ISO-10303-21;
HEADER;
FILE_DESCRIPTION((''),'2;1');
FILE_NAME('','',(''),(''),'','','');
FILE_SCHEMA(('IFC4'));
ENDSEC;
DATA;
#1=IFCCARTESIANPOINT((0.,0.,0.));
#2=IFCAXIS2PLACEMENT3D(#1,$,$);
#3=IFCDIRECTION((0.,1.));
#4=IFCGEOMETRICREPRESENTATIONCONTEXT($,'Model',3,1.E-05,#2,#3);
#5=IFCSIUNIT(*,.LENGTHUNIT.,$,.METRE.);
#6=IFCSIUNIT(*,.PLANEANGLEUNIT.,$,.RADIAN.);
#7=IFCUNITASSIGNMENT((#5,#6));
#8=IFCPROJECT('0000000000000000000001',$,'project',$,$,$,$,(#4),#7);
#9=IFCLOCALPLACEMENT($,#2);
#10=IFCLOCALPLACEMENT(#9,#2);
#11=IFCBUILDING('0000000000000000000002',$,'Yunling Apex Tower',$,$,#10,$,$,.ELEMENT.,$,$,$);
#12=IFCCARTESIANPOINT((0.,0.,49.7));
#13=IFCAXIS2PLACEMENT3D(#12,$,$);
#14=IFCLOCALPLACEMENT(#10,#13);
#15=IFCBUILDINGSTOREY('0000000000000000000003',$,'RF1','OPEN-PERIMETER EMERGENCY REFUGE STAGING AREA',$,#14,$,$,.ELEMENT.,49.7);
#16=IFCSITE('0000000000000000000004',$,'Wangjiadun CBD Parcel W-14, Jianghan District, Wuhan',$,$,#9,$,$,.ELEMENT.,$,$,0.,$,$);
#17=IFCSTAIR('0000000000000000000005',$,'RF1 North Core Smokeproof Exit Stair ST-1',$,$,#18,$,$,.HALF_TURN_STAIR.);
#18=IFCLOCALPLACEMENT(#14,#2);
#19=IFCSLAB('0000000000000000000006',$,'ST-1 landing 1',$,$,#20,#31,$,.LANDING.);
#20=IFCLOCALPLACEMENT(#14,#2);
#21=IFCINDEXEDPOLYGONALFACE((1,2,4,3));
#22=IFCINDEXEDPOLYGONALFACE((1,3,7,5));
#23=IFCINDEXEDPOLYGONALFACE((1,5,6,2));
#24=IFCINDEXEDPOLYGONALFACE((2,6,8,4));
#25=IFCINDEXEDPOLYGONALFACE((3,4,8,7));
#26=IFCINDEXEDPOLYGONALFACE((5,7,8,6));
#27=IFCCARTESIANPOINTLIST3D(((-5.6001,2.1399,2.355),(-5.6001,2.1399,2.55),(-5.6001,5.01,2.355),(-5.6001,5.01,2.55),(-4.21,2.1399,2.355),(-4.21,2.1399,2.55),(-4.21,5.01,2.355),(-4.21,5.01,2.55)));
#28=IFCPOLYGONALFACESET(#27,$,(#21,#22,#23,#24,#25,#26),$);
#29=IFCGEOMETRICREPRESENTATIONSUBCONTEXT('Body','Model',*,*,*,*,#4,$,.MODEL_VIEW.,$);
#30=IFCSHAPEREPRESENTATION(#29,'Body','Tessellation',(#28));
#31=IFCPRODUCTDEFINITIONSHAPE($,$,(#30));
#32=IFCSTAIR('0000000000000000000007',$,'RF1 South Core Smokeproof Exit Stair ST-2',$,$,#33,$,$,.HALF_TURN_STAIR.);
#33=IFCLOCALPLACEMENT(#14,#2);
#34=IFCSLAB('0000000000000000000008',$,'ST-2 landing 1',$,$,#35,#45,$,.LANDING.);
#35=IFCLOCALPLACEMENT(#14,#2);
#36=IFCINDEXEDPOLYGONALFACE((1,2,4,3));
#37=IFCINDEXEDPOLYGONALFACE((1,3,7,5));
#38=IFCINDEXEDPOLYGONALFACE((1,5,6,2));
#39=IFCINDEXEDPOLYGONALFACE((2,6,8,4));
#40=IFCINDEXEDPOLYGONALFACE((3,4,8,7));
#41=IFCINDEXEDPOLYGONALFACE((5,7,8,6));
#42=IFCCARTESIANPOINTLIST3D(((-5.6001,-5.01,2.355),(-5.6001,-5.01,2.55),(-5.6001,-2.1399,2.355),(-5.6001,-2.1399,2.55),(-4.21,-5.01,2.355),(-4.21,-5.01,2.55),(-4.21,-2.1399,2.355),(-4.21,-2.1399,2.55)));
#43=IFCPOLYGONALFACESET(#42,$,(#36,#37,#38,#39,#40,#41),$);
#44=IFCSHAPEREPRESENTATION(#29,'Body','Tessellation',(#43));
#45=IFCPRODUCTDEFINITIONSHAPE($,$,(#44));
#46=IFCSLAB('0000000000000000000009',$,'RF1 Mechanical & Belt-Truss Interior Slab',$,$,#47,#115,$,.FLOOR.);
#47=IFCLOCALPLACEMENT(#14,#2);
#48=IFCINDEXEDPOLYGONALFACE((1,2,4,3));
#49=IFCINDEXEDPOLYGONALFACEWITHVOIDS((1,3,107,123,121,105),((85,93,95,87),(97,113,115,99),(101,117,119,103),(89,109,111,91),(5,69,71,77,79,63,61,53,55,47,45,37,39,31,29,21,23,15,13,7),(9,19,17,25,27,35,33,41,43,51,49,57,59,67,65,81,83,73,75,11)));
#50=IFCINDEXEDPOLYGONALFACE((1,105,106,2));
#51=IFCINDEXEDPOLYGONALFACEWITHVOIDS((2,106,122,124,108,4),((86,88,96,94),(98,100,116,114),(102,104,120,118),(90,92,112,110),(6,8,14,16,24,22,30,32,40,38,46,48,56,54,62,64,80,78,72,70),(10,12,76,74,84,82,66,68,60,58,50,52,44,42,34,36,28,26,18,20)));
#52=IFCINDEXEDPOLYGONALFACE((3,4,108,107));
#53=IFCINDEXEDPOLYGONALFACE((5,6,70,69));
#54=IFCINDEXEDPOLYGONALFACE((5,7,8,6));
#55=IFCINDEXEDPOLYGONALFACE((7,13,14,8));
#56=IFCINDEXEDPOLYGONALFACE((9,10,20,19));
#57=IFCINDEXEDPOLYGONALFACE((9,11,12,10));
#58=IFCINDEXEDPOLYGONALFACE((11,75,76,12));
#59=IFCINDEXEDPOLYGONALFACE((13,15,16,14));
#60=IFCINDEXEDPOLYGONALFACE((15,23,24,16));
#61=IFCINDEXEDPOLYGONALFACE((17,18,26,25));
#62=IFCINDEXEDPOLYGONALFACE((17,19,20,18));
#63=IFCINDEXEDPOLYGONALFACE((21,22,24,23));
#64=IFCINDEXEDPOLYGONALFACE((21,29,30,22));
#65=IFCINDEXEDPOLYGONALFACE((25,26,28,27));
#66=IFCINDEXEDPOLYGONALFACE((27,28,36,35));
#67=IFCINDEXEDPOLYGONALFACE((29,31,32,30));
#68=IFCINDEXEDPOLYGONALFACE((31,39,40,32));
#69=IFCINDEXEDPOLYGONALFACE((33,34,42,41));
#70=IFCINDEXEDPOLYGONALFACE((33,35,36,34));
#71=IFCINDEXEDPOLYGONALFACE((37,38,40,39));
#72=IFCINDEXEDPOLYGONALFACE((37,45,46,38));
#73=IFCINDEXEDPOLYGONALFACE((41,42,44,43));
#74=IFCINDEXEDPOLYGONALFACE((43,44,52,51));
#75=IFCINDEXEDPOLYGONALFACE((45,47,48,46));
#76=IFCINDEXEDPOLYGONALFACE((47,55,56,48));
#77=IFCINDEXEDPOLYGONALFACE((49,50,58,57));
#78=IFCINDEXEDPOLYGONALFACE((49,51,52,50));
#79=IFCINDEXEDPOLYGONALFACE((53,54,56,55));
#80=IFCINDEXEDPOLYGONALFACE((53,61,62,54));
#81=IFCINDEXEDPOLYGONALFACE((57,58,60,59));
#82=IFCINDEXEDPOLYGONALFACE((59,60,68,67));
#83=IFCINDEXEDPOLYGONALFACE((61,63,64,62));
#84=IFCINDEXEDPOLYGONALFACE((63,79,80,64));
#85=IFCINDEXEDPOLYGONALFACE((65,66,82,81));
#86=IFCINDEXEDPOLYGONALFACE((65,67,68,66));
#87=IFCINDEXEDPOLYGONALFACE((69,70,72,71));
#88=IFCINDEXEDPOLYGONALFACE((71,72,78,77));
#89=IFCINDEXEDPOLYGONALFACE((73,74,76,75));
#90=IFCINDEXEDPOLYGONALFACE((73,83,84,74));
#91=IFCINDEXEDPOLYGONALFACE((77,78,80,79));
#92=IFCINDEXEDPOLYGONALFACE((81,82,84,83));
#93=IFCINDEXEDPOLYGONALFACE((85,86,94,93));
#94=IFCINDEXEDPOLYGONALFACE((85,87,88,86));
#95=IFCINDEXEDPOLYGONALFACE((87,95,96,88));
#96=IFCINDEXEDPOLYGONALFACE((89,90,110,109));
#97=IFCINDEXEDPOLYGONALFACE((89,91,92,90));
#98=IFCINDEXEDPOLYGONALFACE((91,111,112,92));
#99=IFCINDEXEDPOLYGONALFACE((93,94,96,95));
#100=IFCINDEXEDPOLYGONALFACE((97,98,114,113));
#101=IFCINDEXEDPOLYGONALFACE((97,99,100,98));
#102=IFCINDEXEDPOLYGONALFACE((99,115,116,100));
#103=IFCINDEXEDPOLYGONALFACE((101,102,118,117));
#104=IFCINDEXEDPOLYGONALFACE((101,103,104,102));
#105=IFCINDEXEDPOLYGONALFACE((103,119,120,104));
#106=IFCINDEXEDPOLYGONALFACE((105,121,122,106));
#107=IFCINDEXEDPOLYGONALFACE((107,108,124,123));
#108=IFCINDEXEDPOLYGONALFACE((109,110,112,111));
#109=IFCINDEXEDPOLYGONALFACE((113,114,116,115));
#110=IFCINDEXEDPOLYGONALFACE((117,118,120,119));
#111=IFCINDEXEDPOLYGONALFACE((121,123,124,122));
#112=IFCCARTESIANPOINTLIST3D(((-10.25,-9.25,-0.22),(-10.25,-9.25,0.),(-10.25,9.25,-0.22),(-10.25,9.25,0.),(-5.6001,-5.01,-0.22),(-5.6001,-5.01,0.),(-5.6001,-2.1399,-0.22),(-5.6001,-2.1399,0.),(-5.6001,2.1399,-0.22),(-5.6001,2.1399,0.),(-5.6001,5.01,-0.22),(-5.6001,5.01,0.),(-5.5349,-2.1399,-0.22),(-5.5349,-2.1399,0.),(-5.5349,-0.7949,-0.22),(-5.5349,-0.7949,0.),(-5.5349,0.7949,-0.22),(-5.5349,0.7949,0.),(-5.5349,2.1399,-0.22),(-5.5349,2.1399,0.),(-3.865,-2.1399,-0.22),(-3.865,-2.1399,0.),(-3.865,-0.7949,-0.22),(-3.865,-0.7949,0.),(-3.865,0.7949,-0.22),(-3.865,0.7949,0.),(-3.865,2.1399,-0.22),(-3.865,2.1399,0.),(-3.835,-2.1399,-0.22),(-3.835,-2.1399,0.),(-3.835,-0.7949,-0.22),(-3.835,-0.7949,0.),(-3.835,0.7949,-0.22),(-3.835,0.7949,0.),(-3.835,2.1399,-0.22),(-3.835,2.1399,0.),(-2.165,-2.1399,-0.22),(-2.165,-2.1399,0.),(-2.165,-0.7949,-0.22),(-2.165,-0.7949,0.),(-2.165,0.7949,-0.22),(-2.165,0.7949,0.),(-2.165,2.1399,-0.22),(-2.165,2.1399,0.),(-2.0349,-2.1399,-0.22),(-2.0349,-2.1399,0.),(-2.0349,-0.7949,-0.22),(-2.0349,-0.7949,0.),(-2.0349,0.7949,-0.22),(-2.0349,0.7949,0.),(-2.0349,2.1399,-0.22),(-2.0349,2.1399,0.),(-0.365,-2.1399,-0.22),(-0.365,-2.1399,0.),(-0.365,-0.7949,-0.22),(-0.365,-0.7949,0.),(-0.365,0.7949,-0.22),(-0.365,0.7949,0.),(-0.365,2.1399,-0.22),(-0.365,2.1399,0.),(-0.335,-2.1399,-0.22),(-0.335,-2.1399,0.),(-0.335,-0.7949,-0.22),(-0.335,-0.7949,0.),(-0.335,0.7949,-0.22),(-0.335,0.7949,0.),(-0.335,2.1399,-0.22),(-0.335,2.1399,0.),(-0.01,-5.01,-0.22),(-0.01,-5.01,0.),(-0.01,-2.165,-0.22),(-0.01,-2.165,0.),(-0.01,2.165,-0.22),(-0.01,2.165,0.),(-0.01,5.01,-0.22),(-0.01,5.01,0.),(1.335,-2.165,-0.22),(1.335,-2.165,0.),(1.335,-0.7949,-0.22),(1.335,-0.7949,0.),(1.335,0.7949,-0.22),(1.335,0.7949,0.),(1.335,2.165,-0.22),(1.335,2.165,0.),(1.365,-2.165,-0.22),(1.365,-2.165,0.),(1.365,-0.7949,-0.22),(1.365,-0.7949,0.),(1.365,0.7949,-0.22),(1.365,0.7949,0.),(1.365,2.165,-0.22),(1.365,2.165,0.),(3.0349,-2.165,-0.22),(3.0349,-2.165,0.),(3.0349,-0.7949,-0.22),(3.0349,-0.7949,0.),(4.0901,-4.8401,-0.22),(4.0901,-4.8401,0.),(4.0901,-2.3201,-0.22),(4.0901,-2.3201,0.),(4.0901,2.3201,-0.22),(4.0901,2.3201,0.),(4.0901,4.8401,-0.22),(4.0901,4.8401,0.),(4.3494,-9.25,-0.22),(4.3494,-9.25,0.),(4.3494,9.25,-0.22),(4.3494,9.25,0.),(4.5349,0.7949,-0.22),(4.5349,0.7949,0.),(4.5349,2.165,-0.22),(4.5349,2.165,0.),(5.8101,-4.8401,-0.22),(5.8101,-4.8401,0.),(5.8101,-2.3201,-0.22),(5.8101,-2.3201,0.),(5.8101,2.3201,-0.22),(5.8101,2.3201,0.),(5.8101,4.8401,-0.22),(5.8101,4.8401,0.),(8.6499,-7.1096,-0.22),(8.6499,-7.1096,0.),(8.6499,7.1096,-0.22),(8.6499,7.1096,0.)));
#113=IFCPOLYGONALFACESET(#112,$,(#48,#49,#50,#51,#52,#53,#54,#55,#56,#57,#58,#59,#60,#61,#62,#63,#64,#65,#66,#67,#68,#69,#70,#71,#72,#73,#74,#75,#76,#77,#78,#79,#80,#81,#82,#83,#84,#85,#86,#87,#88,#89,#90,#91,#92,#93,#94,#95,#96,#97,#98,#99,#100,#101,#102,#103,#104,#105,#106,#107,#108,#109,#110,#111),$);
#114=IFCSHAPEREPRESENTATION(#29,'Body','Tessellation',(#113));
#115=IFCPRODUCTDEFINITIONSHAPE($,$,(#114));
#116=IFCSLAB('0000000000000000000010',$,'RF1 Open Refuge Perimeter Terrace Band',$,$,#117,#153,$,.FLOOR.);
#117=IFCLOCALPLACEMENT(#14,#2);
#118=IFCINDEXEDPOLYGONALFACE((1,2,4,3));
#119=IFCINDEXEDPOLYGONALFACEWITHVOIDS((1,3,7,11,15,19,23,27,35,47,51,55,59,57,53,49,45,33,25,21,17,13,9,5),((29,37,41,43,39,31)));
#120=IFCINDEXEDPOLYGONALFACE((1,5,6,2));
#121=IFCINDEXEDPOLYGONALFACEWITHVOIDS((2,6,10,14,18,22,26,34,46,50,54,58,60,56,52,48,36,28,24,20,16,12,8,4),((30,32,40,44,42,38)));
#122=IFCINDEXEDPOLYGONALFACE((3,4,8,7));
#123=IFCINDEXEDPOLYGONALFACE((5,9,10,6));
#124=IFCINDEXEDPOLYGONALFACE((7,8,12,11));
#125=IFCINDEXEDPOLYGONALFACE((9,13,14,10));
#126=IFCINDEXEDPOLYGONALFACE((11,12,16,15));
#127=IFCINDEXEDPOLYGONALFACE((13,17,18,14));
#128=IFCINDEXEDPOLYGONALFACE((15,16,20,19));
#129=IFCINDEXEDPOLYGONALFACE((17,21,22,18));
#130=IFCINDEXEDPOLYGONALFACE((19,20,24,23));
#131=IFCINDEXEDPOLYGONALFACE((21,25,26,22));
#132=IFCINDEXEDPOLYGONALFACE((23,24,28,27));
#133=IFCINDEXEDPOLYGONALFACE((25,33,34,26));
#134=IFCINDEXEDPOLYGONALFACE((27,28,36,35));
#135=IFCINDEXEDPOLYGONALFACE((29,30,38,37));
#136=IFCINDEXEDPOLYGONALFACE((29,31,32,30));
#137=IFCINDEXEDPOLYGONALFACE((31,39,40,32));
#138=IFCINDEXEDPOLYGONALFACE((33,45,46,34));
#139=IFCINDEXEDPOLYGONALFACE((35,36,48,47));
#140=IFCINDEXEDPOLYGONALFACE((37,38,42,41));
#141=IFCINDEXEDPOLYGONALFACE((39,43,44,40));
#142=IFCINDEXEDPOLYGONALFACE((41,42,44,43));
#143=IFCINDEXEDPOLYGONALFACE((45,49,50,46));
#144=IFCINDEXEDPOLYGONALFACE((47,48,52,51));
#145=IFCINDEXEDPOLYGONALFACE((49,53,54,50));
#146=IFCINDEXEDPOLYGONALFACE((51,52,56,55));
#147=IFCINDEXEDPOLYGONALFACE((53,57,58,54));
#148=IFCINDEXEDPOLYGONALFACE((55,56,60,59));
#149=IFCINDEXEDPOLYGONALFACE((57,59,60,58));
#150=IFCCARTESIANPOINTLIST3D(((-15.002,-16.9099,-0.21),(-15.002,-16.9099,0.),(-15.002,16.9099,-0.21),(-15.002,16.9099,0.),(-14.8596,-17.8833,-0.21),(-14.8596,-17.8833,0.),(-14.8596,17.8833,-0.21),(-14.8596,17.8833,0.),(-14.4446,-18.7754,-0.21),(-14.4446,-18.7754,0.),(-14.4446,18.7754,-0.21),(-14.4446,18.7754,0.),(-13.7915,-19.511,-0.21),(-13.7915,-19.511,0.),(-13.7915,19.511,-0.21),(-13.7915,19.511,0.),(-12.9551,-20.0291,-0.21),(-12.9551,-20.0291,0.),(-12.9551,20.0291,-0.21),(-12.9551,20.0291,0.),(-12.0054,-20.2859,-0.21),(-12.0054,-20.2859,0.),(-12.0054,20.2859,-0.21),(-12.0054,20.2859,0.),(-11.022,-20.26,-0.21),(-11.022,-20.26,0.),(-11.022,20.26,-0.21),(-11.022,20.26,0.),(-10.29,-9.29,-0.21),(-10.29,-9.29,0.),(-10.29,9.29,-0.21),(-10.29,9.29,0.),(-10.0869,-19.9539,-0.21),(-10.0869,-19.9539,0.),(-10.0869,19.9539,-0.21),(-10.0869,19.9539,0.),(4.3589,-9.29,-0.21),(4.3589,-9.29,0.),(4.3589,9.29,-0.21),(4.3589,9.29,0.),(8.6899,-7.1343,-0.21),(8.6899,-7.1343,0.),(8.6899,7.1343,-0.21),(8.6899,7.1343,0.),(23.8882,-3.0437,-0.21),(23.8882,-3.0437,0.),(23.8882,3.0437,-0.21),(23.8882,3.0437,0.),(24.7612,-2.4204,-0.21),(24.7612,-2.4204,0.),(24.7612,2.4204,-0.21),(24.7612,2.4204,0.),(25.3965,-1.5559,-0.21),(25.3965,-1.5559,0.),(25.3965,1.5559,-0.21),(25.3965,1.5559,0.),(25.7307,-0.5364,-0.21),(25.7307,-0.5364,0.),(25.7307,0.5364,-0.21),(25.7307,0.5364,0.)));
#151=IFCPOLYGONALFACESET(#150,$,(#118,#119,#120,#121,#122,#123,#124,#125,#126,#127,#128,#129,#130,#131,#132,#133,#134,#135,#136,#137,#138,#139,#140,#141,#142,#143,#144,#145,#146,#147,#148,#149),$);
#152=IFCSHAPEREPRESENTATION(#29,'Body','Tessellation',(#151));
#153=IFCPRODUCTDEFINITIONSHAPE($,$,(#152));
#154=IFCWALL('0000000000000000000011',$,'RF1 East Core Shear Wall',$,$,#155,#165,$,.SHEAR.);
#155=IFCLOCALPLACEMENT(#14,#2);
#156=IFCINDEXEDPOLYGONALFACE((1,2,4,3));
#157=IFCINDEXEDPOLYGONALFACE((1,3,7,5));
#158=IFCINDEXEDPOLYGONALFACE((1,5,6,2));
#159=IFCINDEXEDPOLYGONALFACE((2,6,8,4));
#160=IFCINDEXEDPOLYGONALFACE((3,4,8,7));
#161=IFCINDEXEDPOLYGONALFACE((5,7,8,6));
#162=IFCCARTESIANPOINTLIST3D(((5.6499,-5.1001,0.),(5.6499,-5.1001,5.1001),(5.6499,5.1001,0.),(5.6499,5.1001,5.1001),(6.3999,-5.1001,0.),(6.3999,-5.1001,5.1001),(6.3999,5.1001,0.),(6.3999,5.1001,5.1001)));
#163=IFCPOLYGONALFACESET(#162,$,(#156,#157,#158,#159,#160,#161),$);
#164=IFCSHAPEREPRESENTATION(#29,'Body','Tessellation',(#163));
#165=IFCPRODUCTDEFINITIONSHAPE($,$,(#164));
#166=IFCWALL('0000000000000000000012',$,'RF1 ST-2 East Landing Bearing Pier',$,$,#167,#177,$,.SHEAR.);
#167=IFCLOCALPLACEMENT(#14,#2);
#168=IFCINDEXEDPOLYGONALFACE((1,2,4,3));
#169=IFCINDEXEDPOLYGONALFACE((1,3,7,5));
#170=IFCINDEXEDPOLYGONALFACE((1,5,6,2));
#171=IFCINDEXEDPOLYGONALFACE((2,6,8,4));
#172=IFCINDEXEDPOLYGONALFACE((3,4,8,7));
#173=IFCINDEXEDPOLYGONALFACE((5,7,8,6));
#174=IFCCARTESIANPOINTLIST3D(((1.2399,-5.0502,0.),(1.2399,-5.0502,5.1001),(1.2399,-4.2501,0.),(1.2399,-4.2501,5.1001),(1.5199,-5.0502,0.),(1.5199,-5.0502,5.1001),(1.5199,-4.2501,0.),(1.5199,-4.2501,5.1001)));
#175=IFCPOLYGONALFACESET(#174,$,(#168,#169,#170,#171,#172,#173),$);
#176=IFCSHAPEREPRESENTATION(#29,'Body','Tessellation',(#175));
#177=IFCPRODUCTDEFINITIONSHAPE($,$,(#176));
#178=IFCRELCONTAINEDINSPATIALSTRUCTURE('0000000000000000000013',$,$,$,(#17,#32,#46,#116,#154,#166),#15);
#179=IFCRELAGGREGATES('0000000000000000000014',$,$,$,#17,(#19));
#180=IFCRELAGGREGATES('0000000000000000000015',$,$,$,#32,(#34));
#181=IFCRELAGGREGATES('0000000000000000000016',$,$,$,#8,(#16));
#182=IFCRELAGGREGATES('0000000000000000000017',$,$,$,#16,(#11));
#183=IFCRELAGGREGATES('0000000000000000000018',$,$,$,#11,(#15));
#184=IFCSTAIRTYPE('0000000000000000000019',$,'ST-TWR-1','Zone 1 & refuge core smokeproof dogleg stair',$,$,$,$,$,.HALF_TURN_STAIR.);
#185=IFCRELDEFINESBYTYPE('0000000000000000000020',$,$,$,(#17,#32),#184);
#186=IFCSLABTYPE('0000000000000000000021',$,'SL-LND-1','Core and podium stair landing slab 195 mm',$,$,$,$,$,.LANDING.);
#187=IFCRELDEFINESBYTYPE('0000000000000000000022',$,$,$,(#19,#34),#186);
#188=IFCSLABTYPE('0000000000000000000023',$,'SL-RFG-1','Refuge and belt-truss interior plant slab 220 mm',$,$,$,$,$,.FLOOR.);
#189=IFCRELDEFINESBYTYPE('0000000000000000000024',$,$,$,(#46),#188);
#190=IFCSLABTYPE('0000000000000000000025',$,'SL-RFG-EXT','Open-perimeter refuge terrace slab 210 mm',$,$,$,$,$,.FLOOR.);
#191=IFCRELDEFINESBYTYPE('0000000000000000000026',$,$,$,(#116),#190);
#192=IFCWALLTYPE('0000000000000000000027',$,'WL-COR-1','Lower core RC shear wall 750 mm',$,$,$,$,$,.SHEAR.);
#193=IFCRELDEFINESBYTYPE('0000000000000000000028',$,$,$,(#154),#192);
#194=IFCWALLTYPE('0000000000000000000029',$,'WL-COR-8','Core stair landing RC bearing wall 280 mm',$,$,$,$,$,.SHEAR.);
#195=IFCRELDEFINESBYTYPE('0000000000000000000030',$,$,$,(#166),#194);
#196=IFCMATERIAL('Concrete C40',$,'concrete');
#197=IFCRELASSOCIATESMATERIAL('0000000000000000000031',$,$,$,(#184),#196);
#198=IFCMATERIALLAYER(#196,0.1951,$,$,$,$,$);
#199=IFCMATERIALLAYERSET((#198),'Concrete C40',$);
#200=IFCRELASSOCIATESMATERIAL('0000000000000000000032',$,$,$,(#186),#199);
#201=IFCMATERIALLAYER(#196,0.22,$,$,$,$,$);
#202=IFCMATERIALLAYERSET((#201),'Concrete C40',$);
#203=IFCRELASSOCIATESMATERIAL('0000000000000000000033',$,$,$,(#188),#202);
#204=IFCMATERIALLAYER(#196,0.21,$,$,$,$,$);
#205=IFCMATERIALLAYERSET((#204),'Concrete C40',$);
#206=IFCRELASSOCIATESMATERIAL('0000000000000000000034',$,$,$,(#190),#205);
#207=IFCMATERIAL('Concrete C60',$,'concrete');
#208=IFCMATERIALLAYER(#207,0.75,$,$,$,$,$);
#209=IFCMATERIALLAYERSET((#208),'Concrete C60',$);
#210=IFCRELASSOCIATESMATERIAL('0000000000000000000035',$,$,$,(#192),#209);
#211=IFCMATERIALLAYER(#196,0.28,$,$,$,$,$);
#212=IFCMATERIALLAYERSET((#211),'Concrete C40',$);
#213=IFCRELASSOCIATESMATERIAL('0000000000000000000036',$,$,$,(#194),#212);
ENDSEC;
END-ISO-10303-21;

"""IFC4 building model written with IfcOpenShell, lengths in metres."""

from ifc_helpers import new_model, si_unit, direction, frame, frame_2d, origin, place, context, subcontext, project, spatial, polyline, rectangle, outline, extrude, material, layer, layer_set, type_object, element, aggregate, save


model = new_model("IFC4")

# Units and contexts
model_context = context("Model", 3, precision=1e-05, world=origin(), true_north=direction((0.0, 1.0)))
body_context = subcontext(model_context, "Body", "Model", "MODEL_VIEW")
ifc_project = project(units=[si_unit("LENGTHUNIT", "METRE"), si_unit("PLANEANGLEUNIT", "RADIAN")], contexts=[model_context])

# Site, building, storey
site_placement = place(None, origin())
site = spatial("IfcSite", under=ifc_project, at=site_placement, Name="Wangjiadun CBD Parcel W-14, Jianghan District, Wuhan", CompositionType="ELEMENT", RefElevation=0.0)
building_placement = place(site_placement, origin())
building = spatial("IfcBuilding", under=site, at=building_placement, Name="Yunling Apex Tower", CompositionType="ELEMENT")
storey_placement = place(building_placement, frame((0.0, 0.0, 49.7)))
storey = spatial("IfcBuildingStorey", under=building, at=storey_placement, Name="RF1", Description="OPEN-PERIMETER EMERGENCY REFUGE STAGING AREA", CompositionType="ELEMENT", Elevation=49.7)

# Stairs, slabs
ifc_material_1 = material(Name="Concrete C40", Category="concrete")
stair_type = type_object("IfcStairType", Name="ST-TWR-1", Description="Zone 1 & refuge core smokeproof dogleg stair", PredefinedType="HALF_TURN_STAIR", material=ifc_material_1)
stair_1_placement = place(storey_placement, origin())
stair_1 = element("IfcStair", 1, at=stair_1_placement, inside=storey, type_object=stair_type, Name="RF1 North Core Smokeproof Exit Stair ST-1", PredefinedType="HALF_TURN_STAIR")
ifc_layer_1 = layer(ifc_material_1, 0.1951)
ifc_layer_set_1 = layer_set([ifc_layer_1], Name="Concrete C40")
slab_type_1 = type_object("IfcSlabType", Name="SL-LND-1", Description="Core and podium stair landing slab 195 mm", PredefinedType="LANDING", material=ifc_layer_set_1)
slab_1_placement = place(storey_placement, frame((0.0, 0.0, 2.355)))
slab_1 = element("IfcSlab", 2, at=slab_1_placement, type_object=slab_type_1, Name="ST-1 landing 1", PredefinedType="LANDING", context=body_context, shape_type="SweptSolid", body=[
    extrude(outline(polyline([(-4.21, 5.01), (-5.6001, 5.01), (-5.6001, 2.1399), (-4.21, 2.1399), (-4.21, 5.01)])), origin(), (0.0, 0.0, 1.0), 0.1951),
])
aggregate(stair_1, [slab_1])
stair_2_placement = place(storey_placement, origin())
stair_2 = element("IfcStair", 3, at=stair_2_placement, inside=storey, type_object=stair_type, Name="RF1 South Core Smokeproof Exit Stair ST-2", PredefinedType="HALF_TURN_STAIR")
slab_2_placement = place(storey_placement, frame((0.0, 0.0, 2.355)))
slab_2 = element("IfcSlab", 4, at=slab_2_placement, type_object=slab_type_1, Name="ST-2 landing 1", PredefinedType="LANDING", context=body_context, shape_type="SweptSolid", body=[
    extrude(outline(polyline([(-4.21, -2.1399), (-5.6001, -2.1399), (-5.6001, -5.01), (-4.21, -5.01), (-4.21, -2.1399)])), origin(), (0.0, 0.0, 1.0), 0.1951),
])

# Slabs
ifc_layer_2 = layer(ifc_material_1, 0.22)
ifc_layer_set_2 = layer_set([ifc_layer_2], Name="Concrete C40")
slab_type_2 = type_object("IfcSlabType", Name="SL-RFG-1", Description="Refuge and belt-truss interior plant slab 220 mm", PredefinedType="FLOOR", material=ifc_layer_set_2)
slab_3_placement = place(storey_placement, frame((0.0, 0.0, -0.22)))
element("IfcSlab", 5, at=slab_3_placement, inside=storey, type_object=slab_type_2, Name="RF1 Mechanical & Belt-Truss Interior Slab", PredefinedType="FLOOR", context=body_context, shape_type="SweptSolid", body=[
    extrude(outline(polyline([(8.6499, 7.1096), (4.3494, 9.25), (-10.25, 9.25), (-10.25, -9.25), (4.3494, -9.25), (8.6499, -7.1096), (8.6499, 7.1096)]), holes=[polyline([(5.8101, -2.3201), (5.8101, -4.8401), (4.0901, -4.8401), (4.0901, -2.3201), (5.8101, -2.3201)]), polyline([(5.8101, 4.8401), (5.8101, 2.3201), (4.0901, 2.3201), (4.0901, 4.8401), (5.8101, 4.8401)]), polyline([(1.365, 2.165), (4.5349, 2.165), (4.5349, 0.7949), (1.365, 0.7949), (1.365, 2.165)]), polyline([(3.0349, -0.7949), (3.0349, -2.165), (1.365, -2.165), (1.365, -0.7949), (3.0349, -0.7949)]), polyline([(-5.5349, -0.7949), (-3.865, -0.7949), (-3.865, -2.1399), (-3.835, -2.1399), (-3.835, -0.7949), (-2.165, -0.7949), (-2.165, -2.1399), (-2.0349, -2.1399), (-2.0349, -0.7949), (-0.365, -0.7949), (-0.365, -2.1399), (-0.335, -2.1399), (-0.335, -0.7949), (1.335, -0.7949), (1.335, -2.165), (-0.01, -2.165), (-0.01, -5.01), (-5.6001, -5.01), (-5.6001, -2.1399), (-5.5349, -2.1399), (-5.5349, -0.7949)]), polyline([(-5.6001, 2.1399), (-5.6001, 5.01), (-0.01, 5.01), (-0.01, 2.165), (1.335, 2.165), (1.335, 0.7949), (-0.335, 0.7949), (-0.335, 2.1399), (-0.365, 2.1399), (-0.365, 0.7949), (-2.0349, 0.7949), (-2.0349, 2.1399), (-2.165, 2.1399), (-2.165, 0.7949), (-3.835, 0.7949), (-3.835, 2.1399), (-3.865, 2.1399), (-3.865, 0.7949), (-5.5349, 0.7949), (-5.5349, 2.1399), (-5.6001, 2.1399)])]), origin(), (0.0, 0.0, 1.0), 0.22),
])
ifc_layer_3 = layer(ifc_material_1, 0.21)
ifc_layer_set_3 = layer_set([ifc_layer_3], Name="Concrete C40")
slab_type_3 = type_object("IfcSlabType", Name="SL-RFG-EXT", Description="Open-perimeter refuge terrace slab 210 mm", PredefinedType="FLOOR", material=ifc_layer_set_3)
slab_4_placement = place(storey_placement, frame((0.0, 0.0, -0.21)))
element("IfcSlab", 6, at=slab_4_placement, inside=storey, type_object=slab_type_3, Name="RF1 Open Refuge Perimeter Terrace Band", PredefinedType="FLOOR", context=body_context, shape_type="SweptSolid", body=[
    extrude(outline(polyline([(-15.002, -16.9099), (-14.8596, -17.8833), (-14.4446, -18.7754), (-13.7915, -19.511), (-12.9551, -20.0291), (-12.0054, -20.2859), (-11.022, -20.26), (-10.0869, -19.9539), (23.8882, -3.0437), (24.7612, -2.4204), (25.3965, -1.5559), (25.7307, -0.5364), (25.7307, 0.5364), (25.3965, 1.5559), (24.7612, 2.4204), (23.8882, 3.0437), (-10.0869, 19.9539), (-11.022, 20.26), (-12.0054, 20.2859), (-12.9551, 20.0291), (-13.7915, 19.511), (-14.4446, 18.7754), (-14.8596, 17.8833), (-15.002, 16.9099), (-15.002, -16.9099)]), holes=[polyline([(4.3589, -9.29), (-10.29, -9.29), (-10.29, 9.29), (4.3589, 9.29), (8.6899, 7.1343), (8.6899, -7.1343), (4.3589, -9.29)])]), origin(), (0.0, 0.0, 1.0), 0.21),
])

# Walls
ifc_material_2 = material(Name="Concrete C60", Category="concrete")
ifc_layer_4 = layer(ifc_material_2, 0.75)
ifc_layer_set_4 = layer_set([ifc_layer_4], Name="Concrete C60")
wall_type_1 = type_object("IfcWallType", Name="WL-COR-1", Description="Lower core RC shear wall 750 mm", PredefinedType="SHEAR", material=ifc_layer_set_4)
wall_1_placement = place(storey_placement, frame((6.0249, -5.1001, 0.0), z_axis=(0.0, 0.0, 1.0), x_axis=(0.0, 1.0, 0.0)))
element("IfcWall", 7, at=wall_1_placement, inside=storey, type_object=wall_type_1, Name="RF1 East Core Shear Wall", PredefinedType="SHEAR", context=body_context, shape_type="SweptSolid", body=[
    extrude(rectangle(XDim=10.2002, YDim=0.75, at=frame_2d((5.1001, 0.0))), origin(), (0.0, 0.0, 1.0), 5.1001),
])
ifc_layer_5 = layer(ifc_material_1, 0.28)
ifc_layer_set_5 = layer_set([ifc_layer_5], Name="Concrete C40")
wall_type_2 = type_object("IfcWallType", Name="WL-COR-8", Description="Core stair landing RC bearing wall 280 mm", PredefinedType="SHEAR", material=ifc_layer_set_5)
wall_2_placement = place(storey_placement, frame((1.3799, -5.05, 0.0), z_axis=(0.0, 0.0, 1.0), x_axis=(0.0, 1.0, 0.0)))
element("IfcWall", 8, at=wall_2_placement, inside=storey, type_object=wall_type_2, Name="RF1 ST-2 East Landing Bearing Pier", PredefinedType="SHEAR", context=body_context, shape_type="SweptSolid", body=[
    extrude(rectangle(XDim=0.8, YDim=0.28, at=frame_2d((0.3999, 0.0))), origin(), (0.0, 0.0, 1.0), 5.1001),
])

aggregate(stair_2, [slab_2])

save(model, "model.ifc")
